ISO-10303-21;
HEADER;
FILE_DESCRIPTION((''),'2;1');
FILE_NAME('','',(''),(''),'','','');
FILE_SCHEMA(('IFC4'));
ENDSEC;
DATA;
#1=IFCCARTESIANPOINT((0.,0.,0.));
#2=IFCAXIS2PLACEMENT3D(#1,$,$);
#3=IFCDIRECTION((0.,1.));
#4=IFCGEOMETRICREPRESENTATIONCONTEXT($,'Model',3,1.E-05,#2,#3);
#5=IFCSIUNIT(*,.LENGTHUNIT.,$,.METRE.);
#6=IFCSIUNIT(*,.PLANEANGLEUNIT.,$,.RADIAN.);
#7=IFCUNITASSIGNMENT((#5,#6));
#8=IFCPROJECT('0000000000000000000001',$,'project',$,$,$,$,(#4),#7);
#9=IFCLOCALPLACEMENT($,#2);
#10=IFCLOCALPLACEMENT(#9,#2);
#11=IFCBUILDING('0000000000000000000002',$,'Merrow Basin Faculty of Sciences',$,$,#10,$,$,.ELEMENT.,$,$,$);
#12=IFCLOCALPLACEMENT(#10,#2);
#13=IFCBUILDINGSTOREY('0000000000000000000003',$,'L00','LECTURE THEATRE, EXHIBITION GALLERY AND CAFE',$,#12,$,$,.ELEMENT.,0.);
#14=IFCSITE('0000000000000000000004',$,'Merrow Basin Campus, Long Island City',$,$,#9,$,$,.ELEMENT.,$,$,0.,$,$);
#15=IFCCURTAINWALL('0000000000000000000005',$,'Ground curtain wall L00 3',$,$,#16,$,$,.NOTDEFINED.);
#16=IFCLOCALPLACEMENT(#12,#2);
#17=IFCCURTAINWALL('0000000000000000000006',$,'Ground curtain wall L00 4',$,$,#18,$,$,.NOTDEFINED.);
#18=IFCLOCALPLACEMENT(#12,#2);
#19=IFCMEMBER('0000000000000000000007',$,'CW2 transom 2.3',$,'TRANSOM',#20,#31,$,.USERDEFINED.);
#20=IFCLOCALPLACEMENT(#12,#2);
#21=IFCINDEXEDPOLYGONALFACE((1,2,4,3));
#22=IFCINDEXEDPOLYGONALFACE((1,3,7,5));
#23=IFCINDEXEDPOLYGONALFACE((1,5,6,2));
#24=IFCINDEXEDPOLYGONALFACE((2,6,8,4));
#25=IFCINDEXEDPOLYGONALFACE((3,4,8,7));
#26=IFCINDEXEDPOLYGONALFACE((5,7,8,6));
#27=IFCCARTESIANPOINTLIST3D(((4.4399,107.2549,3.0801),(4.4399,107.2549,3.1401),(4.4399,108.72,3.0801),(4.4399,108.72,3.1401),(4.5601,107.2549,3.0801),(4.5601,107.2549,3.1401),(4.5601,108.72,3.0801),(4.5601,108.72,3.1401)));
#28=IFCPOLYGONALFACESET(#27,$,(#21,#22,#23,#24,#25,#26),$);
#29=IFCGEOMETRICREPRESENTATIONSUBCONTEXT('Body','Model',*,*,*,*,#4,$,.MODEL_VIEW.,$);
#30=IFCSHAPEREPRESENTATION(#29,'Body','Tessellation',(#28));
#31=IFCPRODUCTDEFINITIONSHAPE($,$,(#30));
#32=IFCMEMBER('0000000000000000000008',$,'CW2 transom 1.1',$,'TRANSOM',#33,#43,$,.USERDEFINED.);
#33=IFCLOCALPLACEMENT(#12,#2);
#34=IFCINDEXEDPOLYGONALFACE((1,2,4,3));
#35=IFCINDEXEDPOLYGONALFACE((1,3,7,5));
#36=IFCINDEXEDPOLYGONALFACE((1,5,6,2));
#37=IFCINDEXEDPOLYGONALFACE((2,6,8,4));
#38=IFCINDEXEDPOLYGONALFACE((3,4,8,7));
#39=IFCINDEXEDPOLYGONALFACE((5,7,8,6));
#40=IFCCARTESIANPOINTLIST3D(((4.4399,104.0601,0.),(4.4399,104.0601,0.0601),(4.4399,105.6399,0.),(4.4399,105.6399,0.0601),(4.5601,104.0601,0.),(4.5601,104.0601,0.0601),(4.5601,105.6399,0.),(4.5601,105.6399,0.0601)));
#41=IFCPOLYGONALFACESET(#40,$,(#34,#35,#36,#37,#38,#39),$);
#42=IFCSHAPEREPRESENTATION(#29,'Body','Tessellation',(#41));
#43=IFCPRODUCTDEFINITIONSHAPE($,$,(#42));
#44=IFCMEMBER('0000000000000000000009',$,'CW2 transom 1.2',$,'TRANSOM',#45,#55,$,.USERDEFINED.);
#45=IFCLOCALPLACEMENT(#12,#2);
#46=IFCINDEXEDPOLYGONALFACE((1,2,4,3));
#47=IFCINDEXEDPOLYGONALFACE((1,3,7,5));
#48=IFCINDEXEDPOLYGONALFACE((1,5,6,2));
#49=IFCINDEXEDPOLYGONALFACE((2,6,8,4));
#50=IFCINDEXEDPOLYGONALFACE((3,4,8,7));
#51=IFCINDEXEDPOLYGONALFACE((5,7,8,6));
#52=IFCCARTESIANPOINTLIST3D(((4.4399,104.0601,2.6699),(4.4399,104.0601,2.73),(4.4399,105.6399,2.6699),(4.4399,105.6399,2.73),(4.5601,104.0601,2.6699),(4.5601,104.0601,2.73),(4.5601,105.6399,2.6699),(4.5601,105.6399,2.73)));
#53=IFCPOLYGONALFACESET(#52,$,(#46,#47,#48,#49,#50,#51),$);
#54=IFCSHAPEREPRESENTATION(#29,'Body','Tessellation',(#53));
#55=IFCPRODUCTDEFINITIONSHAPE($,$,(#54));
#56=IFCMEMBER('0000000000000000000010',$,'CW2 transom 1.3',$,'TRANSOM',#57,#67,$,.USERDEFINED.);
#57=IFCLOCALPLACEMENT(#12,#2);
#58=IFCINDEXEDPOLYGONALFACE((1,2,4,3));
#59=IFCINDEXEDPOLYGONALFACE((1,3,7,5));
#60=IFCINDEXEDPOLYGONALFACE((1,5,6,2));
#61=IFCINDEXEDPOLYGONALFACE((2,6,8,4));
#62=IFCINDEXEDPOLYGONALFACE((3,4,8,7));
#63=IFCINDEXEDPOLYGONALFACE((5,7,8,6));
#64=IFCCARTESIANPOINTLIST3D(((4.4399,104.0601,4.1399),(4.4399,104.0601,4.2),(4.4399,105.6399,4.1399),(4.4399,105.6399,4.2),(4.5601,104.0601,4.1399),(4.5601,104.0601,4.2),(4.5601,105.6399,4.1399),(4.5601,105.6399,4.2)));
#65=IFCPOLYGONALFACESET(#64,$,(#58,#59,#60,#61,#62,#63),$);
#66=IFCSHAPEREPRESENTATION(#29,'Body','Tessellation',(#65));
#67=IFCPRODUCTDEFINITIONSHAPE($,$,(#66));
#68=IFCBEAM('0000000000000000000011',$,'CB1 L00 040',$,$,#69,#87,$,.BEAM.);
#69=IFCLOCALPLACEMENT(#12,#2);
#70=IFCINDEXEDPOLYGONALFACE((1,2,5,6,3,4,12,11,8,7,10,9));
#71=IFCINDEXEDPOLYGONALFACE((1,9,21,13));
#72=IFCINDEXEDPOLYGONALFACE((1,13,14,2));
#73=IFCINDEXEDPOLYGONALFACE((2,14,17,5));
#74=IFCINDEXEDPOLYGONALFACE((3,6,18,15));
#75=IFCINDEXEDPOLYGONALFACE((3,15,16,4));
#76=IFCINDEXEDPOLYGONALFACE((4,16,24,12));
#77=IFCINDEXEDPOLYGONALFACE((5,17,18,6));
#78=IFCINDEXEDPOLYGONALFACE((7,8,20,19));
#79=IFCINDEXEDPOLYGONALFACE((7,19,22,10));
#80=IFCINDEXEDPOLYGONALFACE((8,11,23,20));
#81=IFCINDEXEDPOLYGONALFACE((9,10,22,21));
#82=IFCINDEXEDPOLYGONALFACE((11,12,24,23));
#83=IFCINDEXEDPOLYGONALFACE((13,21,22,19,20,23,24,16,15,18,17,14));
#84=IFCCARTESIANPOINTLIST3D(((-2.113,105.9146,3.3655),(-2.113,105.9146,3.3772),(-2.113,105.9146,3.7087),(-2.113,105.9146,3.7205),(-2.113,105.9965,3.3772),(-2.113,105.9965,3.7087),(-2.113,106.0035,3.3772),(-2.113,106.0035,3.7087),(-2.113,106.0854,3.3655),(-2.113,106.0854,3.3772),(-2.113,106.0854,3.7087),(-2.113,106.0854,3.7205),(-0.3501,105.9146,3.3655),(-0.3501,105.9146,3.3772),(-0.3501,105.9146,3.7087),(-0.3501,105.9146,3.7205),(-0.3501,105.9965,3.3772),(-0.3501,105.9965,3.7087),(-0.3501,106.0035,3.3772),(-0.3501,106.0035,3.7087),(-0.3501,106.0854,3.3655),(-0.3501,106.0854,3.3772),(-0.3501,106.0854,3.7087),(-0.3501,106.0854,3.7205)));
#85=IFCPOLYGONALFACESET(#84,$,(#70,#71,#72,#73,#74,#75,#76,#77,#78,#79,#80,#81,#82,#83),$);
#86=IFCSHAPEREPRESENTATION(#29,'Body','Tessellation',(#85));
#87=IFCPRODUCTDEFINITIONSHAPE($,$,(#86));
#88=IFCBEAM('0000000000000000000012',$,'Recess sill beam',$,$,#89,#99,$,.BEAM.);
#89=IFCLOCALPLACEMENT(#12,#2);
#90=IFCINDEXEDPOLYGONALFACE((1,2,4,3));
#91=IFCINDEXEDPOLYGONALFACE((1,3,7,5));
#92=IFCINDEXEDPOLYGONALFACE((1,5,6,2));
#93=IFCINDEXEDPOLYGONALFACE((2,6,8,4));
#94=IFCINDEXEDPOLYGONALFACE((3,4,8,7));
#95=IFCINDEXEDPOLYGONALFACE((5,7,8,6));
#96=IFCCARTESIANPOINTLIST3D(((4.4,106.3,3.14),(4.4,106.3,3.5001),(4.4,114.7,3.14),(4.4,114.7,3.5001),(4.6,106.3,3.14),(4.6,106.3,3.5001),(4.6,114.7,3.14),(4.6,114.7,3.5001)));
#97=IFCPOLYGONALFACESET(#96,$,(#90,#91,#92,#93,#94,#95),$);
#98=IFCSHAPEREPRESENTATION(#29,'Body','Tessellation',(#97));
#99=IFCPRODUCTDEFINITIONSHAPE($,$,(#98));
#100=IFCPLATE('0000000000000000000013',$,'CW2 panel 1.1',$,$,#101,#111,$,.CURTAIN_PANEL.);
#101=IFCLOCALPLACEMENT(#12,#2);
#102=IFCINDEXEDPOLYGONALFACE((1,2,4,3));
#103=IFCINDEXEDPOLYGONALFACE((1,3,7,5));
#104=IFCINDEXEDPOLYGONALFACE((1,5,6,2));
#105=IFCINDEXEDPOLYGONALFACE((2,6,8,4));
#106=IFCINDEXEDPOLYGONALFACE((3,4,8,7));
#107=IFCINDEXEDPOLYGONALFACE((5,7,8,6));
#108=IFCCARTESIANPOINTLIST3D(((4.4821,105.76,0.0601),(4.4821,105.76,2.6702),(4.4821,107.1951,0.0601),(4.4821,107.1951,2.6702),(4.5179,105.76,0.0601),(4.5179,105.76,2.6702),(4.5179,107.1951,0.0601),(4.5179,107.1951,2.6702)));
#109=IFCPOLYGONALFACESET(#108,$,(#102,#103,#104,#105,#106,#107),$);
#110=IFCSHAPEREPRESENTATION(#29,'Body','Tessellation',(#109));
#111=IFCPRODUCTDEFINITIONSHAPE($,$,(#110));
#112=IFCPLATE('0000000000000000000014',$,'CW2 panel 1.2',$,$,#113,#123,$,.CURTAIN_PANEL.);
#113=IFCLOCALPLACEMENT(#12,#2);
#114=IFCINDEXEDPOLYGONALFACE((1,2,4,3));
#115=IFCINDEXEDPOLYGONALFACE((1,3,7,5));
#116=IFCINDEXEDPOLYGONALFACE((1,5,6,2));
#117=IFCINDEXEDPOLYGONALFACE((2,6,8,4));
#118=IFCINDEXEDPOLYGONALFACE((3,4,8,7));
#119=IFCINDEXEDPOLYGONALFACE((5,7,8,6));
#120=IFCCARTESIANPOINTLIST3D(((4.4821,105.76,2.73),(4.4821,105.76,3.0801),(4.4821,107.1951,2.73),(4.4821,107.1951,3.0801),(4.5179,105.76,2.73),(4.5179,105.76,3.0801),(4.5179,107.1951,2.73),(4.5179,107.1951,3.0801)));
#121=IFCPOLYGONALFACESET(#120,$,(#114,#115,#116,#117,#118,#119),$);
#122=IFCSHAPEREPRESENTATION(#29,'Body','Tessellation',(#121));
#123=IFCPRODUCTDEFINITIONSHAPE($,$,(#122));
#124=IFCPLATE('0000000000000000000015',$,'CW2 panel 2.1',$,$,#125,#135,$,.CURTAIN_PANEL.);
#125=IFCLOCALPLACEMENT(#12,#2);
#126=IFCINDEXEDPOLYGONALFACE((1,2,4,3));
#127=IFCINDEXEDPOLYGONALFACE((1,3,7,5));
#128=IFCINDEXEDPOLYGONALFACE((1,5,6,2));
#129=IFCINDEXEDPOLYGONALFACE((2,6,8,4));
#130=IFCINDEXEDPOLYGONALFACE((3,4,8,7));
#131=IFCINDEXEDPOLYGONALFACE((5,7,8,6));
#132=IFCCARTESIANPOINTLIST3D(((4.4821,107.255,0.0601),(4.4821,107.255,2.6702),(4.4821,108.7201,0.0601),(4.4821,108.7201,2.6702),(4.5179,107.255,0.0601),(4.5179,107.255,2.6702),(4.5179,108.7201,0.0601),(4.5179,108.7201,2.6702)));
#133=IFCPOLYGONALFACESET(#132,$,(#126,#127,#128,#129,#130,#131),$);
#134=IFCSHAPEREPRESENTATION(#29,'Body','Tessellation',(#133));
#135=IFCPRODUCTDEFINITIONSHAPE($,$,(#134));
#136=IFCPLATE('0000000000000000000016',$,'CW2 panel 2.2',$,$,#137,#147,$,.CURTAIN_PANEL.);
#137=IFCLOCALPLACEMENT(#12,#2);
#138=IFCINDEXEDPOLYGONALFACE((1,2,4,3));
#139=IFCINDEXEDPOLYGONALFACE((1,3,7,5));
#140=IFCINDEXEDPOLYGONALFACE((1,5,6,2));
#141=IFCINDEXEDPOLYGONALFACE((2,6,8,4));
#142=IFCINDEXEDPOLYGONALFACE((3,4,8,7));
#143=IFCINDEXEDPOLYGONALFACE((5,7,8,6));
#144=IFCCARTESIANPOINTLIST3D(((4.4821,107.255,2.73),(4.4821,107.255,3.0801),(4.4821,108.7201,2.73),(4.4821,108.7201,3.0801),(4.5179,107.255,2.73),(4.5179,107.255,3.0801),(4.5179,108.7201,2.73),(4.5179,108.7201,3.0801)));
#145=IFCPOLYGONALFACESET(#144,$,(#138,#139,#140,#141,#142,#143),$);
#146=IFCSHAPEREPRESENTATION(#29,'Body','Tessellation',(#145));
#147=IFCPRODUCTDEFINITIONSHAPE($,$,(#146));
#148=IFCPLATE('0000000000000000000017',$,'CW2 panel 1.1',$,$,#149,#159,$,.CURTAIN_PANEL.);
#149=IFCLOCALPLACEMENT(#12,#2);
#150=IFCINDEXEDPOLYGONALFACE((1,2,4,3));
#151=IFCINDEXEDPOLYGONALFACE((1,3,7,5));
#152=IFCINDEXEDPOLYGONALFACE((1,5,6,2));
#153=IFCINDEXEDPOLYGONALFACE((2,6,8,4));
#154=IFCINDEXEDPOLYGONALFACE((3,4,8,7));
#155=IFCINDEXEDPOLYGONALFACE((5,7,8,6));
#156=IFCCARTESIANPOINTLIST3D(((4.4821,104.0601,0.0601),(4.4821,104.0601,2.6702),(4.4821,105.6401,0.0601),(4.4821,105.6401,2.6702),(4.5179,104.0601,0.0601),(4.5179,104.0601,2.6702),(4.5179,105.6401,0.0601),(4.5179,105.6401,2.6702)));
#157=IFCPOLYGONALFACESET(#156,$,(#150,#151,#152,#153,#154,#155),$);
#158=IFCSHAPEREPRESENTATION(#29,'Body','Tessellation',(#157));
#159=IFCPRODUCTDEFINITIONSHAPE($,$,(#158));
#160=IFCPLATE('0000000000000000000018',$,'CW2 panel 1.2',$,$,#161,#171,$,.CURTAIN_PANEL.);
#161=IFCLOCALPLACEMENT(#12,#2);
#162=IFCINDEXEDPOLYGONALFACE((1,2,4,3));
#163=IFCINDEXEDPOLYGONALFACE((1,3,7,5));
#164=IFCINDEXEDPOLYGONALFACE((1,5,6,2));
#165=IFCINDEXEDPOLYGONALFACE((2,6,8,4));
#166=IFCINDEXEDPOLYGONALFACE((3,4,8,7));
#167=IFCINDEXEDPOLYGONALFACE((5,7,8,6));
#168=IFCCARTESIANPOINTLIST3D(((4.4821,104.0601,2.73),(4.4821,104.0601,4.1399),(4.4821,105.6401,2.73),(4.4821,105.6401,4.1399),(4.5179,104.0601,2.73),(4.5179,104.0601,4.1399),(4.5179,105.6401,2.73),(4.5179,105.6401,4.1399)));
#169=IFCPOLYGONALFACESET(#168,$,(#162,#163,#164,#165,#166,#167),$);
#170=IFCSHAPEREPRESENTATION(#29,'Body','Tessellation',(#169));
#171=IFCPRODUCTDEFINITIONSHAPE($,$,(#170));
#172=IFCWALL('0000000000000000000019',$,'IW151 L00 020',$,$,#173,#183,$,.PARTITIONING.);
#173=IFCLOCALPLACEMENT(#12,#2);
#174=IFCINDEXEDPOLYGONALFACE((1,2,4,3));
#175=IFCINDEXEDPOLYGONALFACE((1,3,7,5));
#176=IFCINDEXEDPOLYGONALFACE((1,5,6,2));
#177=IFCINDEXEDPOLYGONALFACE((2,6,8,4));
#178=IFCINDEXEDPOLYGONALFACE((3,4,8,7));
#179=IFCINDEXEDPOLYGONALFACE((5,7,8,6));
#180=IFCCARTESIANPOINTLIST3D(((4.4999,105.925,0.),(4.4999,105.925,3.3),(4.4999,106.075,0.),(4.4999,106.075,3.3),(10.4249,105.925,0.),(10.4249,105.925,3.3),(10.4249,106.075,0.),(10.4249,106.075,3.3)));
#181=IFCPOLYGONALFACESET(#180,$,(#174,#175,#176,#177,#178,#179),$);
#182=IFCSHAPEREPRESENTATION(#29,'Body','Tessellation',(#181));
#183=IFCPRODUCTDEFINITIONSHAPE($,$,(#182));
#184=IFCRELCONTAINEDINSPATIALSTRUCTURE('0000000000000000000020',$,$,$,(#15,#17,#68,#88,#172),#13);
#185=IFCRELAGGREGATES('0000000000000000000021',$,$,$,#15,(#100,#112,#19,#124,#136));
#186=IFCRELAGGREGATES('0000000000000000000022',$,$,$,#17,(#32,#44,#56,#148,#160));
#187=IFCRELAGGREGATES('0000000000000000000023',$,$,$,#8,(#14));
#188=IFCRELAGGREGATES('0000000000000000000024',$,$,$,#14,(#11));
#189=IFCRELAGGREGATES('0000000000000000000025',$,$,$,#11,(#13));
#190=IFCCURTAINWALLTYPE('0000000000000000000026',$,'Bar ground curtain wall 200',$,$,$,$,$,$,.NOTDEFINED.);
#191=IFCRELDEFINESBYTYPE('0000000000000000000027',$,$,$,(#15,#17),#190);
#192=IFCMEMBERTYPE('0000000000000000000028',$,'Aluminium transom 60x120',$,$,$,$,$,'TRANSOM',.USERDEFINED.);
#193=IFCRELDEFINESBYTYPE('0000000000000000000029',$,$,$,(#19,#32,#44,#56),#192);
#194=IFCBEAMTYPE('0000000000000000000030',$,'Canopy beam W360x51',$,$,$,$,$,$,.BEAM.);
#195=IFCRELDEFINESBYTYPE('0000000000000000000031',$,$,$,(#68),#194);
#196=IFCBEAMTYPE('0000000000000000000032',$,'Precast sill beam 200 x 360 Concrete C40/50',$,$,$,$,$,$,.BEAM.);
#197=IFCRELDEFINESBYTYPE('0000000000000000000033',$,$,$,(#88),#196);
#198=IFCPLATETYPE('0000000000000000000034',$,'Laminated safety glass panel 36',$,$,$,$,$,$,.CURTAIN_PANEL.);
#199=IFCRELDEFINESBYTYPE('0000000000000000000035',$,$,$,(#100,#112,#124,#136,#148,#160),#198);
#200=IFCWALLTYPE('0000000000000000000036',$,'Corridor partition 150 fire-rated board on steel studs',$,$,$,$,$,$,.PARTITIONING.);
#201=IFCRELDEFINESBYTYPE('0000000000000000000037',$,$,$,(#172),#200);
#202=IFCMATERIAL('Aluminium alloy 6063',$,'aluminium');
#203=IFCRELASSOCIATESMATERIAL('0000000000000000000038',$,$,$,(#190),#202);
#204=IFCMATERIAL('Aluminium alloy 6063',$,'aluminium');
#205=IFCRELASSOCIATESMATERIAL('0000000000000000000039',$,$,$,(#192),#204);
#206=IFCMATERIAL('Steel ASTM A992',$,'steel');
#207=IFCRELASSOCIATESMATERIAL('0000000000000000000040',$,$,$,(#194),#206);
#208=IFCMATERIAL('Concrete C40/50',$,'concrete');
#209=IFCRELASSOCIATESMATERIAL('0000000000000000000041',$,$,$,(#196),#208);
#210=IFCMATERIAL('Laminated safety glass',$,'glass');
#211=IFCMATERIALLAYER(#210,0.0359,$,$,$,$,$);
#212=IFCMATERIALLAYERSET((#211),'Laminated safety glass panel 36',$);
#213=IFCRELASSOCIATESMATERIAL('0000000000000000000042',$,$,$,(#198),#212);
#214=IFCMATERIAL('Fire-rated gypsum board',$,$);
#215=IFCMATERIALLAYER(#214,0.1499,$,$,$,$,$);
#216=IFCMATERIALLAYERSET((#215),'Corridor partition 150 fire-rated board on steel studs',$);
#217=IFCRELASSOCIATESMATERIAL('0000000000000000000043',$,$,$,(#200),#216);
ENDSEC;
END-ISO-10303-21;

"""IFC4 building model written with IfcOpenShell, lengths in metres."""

from ifc_helpers import new_model, si_unit, direction, frame, frame_2d, origin, origin_2d, place, context, subcontext, project, spatial, rectangle, i_section, extrude, material, layer, layer_set, material_profile, profile_set, type_object, element, aggregate, save


model = new_model("IFC4")

# Units and contexts
model_context = context("Model", 3, precision=1e-05, world=origin(), true_north=direction((0.0, 1.0)))
body_context = subcontext(model_context, "Body", "Model", "MODEL_VIEW")
ifc_project = project(units=[si_unit("LENGTHUNIT", "METRE"), si_unit("PLANEANGLEUNIT", "RADIAN")], contexts=[model_context])

# Site, building, storey
site_placement = place(None, origin())
site = spatial("IfcSite", under=ifc_project, at=site_placement, Name="Merrow Basin Campus, Long Island City", CompositionType="ELEMENT", RefElevation=0.0)
building_placement = place(site_placement, origin())
building = spatial("IfcBuilding", under=site, at=building_placement, Name="Merrow Basin Faculty of Sciences", CompositionType="ELEMENT")
storey_placement = place(building_placement, origin())
storey = spatial("IfcBuildingStorey", under=building, at=storey_placement, Name="L00", Description="LECTURE THEATRE, EXHIBITION GALLERY AND CAFE", CompositionType="ELEMENT", Elevation=0.0)

# Curtain walls
ifc_material_1 = material(Name="Aluminium alloy 6063", Category="aluminium")
curtain_wall_type = type_object("IfcCurtainWallType", Name="Bar ground curtain wall 200", PredefinedType="NOTDEFINED", material=ifc_material_1)
curtain_wall_1_placement = place(storey_placement, origin())
curtain_wall_1 = element("IfcCurtainWall", 1, at=curtain_wall_1_placement, inside=storey, type_object=curtain_wall_type, Name="Ground curtain wall L00 3", PredefinedType="NOTDEFINED")
curtain_wall_2_placement = place(storey_placement, origin())
curtain_wall_2 = element("IfcCurtainWall", 2, at=curtain_wall_2_placement, inside=storey, type_object=curtain_wall_type, Name="Ground curtain wall L00 4", PredefinedType="NOTDEFINED")

# Members
ifc_material_2 = material(Name="Aluminium alloy 6063", Category="aluminium")
ifc_material_profile_1 = material_profile(ifc_material_2, rectangle(XDim=0.1201, YDim=0.0601, at=origin_2d()))
ifc_profile_set_1 = profile_set([ifc_material_profile_1], Name="Aluminium alloy 6063")
member_type_1 = type_object("IfcMemberType", Name="Aluminium transom 60x120", ElementType="TRANSOM", PredefinedType="USERDEFINED", material=ifc_profile_set_1)
member_1_placement = place(storey_placement, frame((4.5, 107.2549, 3.1101), z_axis=(0.0, 1.0, 0.0), x_axis=(-1.0, 0.0, 0.0)))
member_1 = element("IfcMember", 3, at=member_1_placement, type_object=member_type_1, Name="CW2 transom 2.3", ObjectType="TRANSOM", PredefinedType="USERDEFINED", context=body_context, shape_type="SweptSolid", body=[
    extrude(rectangle(XDim=0.1201, YDim=0.0601, at=origin_2d()), origin(), (0.0, 0.0, 1.0), 1.4651),
])
member_2_placement = place(storey_placement, frame((4.5, 104.0601, 0.03), z_axis=(0.0, 1.0, 0.0), x_axis=(-1.0, 0.0, 0.0)))
member_2 = element("IfcMember", 4, at=member_2_placement, type_object=member_type_1, Name="CW2 transom 1.1", ObjectType="TRANSOM", PredefinedType="USERDEFINED", context=body_context, shape_type="SweptSolid", body=[
    extrude(rectangle(XDim=0.1201, YDim=0.0601, at=origin_2d()), origin(), (0.0, 0.0, 1.0), 1.5798),
])
member_3_placement = place(storey_placement, frame((4.5, 104.0601, 2.7), z_axis=(0.0, 1.0, 0.0), x_axis=(-1.0, 0.0, 0.0)))
member_3 = element("IfcMember", 5, at=member_3_placement, type_object=member_type_1, Name="CW2 transom 1.2", ObjectType="TRANSOM", PredefinedType="USERDEFINED", context=body_context, shape_type="SweptSolid", body=[
    extrude(rectangle(XDim=0.1201, YDim=0.0601, at=origin_2d()), origin(), (0.0, 0.0, 1.0), 1.5798),
])
member_4_placement = place(storey_placement, frame((4.5, 104.0601, 4.1699), z_axis=(0.0, 1.0, 0.0), x_axis=(-1.0, 0.0, 0.0)))
member_4 = element("IfcMember", 6, at=member_4_placement, type_object=member_type_1, Name="CW2 transom 1.3", ObjectType="TRANSOM", PredefinedType="USERDEFINED", context=body_context, shape_type="SweptSolid", body=[
    extrude(rectangle(XDim=0.1201, YDim=0.0601, at=origin_2d()), origin(), (0.0, 0.0, 1.0), 1.5798),
])

# Beams
ifc_material_3 = material(Name="Steel ASTM A992", Category="steel")
ifc_material_profile_2 = material_profile(ifc_material_3, i_section(OverallWidth=0.1709, OverallDepth=0.355, WebThickness=0.0071, FlangeThickness=0.0117, at=origin_2d()))
ifc_profile_set_2 = profile_set([ifc_material_profile_2], Name="Steel ASTM A992")
beam_type_1 = type_object("IfcBeamType", Name="Canopy beam W360x51", PredefinedType="BEAM", material=ifc_profile_set_2)
beam_1_placement = place(storey_placement, frame((-2.113, 106.0, 3.543), z_axis=(1.0, 0.0, 0.0), x_axis=(0.0, 1.0, 0.0)))
element("IfcBeam", 7, at=beam_1_placement, inside=storey, type_object=beam_type_1, Name="CB1 L00 040", PredefinedType="BEAM", context=body_context, shape_type="SweptSolid", body=[
    extrude(i_section(OverallWidth=0.1709, OverallDepth=0.355, WebThickness=0.0071, FlangeThickness=0.0117, at=origin_2d()), origin(), (0.0, 0.0, 1.0), 1.7629),
])
ifc_material_4 = material(Name="Concrete C40/50", Category="concrete")
ifc_material_profile_3 = material_profile(ifc_material_4, rectangle(XDim=0.2, YDim=0.3601, at=origin_2d()))
ifc_profile_set_3 = profile_set([ifc_material_profile_3], Name="Concrete C40/50")
beam_type_2 = type_object("IfcBeamType", Name="Precast sill beam 200 x 360 Concrete C40/50", PredefinedType="BEAM", material=ifc_profile_set_3)
beam_2_placement = place(storey_placement, frame((4.5, 106.3, 3.3201), z_axis=(0.0, 1.0, 0.0), x_axis=(-1.0, 0.0, 0.0)))
element("IfcBeam", 8, at=beam_2_placement, inside=storey, type_object=beam_type_2, Name="Recess sill beam", PredefinedType="BEAM", context=body_context, shape_type="SweptSolid", body=[
    extrude(rectangle(XDim=0.2, YDim=0.3601, at=origin_2d()), origin(), (0.0, 0.0, 1.0), 8.3999),
])

# Plates
ifc_material_5 = material(Name="Laminated safety glass", Category="glass")
ifc_layer_1 = layer(ifc_material_5, 0.0359)
ifc_layer_set_1 = layer_set([ifc_layer_1], Name="Laminated safety glass panel 36")
plate_type = type_object("IfcPlateType", Name="Laminated safety glass panel 36", PredefinedType="CURTAIN_PANEL", material=ifc_layer_set_1)
plate_1_placement = place(storey_placement, frame((4.5, 106.4775, 0.0601), z_axis=(0.0, 0.0, 1.0), x_axis=(0.0, 1.0, 0.0)))
plate_1 = element("IfcPlate", 9, at=plate_1_placement, type_object=plate_type, Name="CW2 panel 1.1", PredefinedType="CURTAIN_PANEL", context=body_context, shape_type="SweptSolid", body=[
    extrude(rectangle(XDim=1.4351, YDim=0.0359, at=origin_2d()), origin(), (0.0, 0.0, 1.0), 2.6101),
])
plate_2_placement = place(storey_placement, frame((4.5, 106.4775, 2.73), z_axis=(0.0, 0.0, 1.0), x_axis=(0.0, 1.0, 0.0)))
plate_2 = element("IfcPlate", 10, at=plate_2_placement, type_object=plate_type, Name="CW2 panel 1.2", PredefinedType="CURTAIN_PANEL", context=body_context, shape_type="SweptSolid", body=[
    extrude(rectangle(XDim=1.4351, YDim=0.0359, at=origin_2d()), origin(), (0.0, 0.0, 1.0), 0.3501),
])
plate_3_placement = place(storey_placement, frame((4.5, 107.9875, 0.0601), z_axis=(0.0, 0.0, 1.0), x_axis=(0.0, 1.0, 0.0)))
plate_3 = element("IfcPlate", 11, at=plate_3_placement, type_object=plate_type, Name="CW2 panel 2.1", PredefinedType="CURTAIN_PANEL", context=body_context, shape_type="SweptSolid", body=[
    extrude(rectangle(XDim=1.4651, YDim=0.0359, at=origin_2d()), origin(), (0.0, 0.0, 1.0), 2.6101),
])
plate_4_placement = place(storey_placement, frame((4.5, 107.9875, 2.73), z_axis=(0.0, 0.0, 1.0), x_axis=(0.0, 1.0, 0.0)))
plate_4 = element("IfcPlate", 12, at=plate_4_placement, type_object=plate_type, Name="CW2 panel 2.2", PredefinedType="CURTAIN_PANEL", context=body_context, shape_type="SweptSolid", body=[
    extrude(rectangle(XDim=1.4651, YDim=0.0359, at=origin_2d()), origin(), (0.0, 0.0, 1.0), 0.3501),
])
aggregate(curtain_wall_1, [plate_1, plate_2, member_1, plate_3, plate_4])
plate_5_placement = place(storey_placement, frame((4.5, 104.8501, 0.0601), z_axis=(0.0, 0.0, 1.0), x_axis=(0.0, 1.0, 0.0)))
plate_5 = element("IfcPlate", 13, at=plate_5_placement, type_object=plate_type, Name="CW2 panel 1.1", PredefinedType="CURTAIN_PANEL", context=body_context, shape_type="SweptSolid", body=[
    extrude(rectangle(XDim=1.5801, YDim=0.0359, at=origin_2d()), origin(), (0.0, 0.0, 1.0), 2.6101),
])
plate_6_placement = place(storey_placement, frame((4.5, 104.8501, 2.73), z_axis=(0.0, 0.0, 1.0), x_axis=(0.0, 1.0, 0.0)))
plate_6 = element("IfcPlate", 14, at=plate_6_placement, type_object=plate_type, Name="CW2 panel 1.2", PredefinedType="CURTAIN_PANEL", context=body_context, shape_type="SweptSolid", body=[
    extrude(rectangle(XDim=1.5801, YDim=0.0359, at=origin_2d()), origin(), (0.0, 0.0, 1.0), 1.4099),
])
aggregate(curtain_wall_2, [member_2, member_3, member_4, plate_5, plate_6])

# Wall
ifc_material_6 = material(Name="Fire-rated gypsum board")
ifc_layer_2 = layer(ifc_material_6, 0.1499)
ifc_layer_set_2 = layer_set([ifc_layer_2], Name="Corridor partition 150 fire-rated board on steel studs")
wall_type_1 = type_object("IfcWallType", Name="Corridor partition 150 fire-rated board on steel studs", PredefinedType="PARTITIONING", material=ifc_layer_set_2)
wall_1_placement = place(storey_placement, frame((4.5, 106.0, 0.0), z_axis=(0.0, 0.0, 1.0), x_axis=(1.0, 0.0, 0.0)))
element("IfcWall", 15, at=wall_1_placement, inside=storey, type_object=wall_type_1, Name="IW151 L00 020", PredefinedType="PARTITIONING", context=body_context, shape_type="SweptSolid", body=[
    extrude(rectangle(XDim=5.925, YDim=0.1499, at=frame_2d((2.9624, 0.0))), origin(), (0.0, 0.0, 1.0), 3.3),
])

save(model, "model.ifc")
